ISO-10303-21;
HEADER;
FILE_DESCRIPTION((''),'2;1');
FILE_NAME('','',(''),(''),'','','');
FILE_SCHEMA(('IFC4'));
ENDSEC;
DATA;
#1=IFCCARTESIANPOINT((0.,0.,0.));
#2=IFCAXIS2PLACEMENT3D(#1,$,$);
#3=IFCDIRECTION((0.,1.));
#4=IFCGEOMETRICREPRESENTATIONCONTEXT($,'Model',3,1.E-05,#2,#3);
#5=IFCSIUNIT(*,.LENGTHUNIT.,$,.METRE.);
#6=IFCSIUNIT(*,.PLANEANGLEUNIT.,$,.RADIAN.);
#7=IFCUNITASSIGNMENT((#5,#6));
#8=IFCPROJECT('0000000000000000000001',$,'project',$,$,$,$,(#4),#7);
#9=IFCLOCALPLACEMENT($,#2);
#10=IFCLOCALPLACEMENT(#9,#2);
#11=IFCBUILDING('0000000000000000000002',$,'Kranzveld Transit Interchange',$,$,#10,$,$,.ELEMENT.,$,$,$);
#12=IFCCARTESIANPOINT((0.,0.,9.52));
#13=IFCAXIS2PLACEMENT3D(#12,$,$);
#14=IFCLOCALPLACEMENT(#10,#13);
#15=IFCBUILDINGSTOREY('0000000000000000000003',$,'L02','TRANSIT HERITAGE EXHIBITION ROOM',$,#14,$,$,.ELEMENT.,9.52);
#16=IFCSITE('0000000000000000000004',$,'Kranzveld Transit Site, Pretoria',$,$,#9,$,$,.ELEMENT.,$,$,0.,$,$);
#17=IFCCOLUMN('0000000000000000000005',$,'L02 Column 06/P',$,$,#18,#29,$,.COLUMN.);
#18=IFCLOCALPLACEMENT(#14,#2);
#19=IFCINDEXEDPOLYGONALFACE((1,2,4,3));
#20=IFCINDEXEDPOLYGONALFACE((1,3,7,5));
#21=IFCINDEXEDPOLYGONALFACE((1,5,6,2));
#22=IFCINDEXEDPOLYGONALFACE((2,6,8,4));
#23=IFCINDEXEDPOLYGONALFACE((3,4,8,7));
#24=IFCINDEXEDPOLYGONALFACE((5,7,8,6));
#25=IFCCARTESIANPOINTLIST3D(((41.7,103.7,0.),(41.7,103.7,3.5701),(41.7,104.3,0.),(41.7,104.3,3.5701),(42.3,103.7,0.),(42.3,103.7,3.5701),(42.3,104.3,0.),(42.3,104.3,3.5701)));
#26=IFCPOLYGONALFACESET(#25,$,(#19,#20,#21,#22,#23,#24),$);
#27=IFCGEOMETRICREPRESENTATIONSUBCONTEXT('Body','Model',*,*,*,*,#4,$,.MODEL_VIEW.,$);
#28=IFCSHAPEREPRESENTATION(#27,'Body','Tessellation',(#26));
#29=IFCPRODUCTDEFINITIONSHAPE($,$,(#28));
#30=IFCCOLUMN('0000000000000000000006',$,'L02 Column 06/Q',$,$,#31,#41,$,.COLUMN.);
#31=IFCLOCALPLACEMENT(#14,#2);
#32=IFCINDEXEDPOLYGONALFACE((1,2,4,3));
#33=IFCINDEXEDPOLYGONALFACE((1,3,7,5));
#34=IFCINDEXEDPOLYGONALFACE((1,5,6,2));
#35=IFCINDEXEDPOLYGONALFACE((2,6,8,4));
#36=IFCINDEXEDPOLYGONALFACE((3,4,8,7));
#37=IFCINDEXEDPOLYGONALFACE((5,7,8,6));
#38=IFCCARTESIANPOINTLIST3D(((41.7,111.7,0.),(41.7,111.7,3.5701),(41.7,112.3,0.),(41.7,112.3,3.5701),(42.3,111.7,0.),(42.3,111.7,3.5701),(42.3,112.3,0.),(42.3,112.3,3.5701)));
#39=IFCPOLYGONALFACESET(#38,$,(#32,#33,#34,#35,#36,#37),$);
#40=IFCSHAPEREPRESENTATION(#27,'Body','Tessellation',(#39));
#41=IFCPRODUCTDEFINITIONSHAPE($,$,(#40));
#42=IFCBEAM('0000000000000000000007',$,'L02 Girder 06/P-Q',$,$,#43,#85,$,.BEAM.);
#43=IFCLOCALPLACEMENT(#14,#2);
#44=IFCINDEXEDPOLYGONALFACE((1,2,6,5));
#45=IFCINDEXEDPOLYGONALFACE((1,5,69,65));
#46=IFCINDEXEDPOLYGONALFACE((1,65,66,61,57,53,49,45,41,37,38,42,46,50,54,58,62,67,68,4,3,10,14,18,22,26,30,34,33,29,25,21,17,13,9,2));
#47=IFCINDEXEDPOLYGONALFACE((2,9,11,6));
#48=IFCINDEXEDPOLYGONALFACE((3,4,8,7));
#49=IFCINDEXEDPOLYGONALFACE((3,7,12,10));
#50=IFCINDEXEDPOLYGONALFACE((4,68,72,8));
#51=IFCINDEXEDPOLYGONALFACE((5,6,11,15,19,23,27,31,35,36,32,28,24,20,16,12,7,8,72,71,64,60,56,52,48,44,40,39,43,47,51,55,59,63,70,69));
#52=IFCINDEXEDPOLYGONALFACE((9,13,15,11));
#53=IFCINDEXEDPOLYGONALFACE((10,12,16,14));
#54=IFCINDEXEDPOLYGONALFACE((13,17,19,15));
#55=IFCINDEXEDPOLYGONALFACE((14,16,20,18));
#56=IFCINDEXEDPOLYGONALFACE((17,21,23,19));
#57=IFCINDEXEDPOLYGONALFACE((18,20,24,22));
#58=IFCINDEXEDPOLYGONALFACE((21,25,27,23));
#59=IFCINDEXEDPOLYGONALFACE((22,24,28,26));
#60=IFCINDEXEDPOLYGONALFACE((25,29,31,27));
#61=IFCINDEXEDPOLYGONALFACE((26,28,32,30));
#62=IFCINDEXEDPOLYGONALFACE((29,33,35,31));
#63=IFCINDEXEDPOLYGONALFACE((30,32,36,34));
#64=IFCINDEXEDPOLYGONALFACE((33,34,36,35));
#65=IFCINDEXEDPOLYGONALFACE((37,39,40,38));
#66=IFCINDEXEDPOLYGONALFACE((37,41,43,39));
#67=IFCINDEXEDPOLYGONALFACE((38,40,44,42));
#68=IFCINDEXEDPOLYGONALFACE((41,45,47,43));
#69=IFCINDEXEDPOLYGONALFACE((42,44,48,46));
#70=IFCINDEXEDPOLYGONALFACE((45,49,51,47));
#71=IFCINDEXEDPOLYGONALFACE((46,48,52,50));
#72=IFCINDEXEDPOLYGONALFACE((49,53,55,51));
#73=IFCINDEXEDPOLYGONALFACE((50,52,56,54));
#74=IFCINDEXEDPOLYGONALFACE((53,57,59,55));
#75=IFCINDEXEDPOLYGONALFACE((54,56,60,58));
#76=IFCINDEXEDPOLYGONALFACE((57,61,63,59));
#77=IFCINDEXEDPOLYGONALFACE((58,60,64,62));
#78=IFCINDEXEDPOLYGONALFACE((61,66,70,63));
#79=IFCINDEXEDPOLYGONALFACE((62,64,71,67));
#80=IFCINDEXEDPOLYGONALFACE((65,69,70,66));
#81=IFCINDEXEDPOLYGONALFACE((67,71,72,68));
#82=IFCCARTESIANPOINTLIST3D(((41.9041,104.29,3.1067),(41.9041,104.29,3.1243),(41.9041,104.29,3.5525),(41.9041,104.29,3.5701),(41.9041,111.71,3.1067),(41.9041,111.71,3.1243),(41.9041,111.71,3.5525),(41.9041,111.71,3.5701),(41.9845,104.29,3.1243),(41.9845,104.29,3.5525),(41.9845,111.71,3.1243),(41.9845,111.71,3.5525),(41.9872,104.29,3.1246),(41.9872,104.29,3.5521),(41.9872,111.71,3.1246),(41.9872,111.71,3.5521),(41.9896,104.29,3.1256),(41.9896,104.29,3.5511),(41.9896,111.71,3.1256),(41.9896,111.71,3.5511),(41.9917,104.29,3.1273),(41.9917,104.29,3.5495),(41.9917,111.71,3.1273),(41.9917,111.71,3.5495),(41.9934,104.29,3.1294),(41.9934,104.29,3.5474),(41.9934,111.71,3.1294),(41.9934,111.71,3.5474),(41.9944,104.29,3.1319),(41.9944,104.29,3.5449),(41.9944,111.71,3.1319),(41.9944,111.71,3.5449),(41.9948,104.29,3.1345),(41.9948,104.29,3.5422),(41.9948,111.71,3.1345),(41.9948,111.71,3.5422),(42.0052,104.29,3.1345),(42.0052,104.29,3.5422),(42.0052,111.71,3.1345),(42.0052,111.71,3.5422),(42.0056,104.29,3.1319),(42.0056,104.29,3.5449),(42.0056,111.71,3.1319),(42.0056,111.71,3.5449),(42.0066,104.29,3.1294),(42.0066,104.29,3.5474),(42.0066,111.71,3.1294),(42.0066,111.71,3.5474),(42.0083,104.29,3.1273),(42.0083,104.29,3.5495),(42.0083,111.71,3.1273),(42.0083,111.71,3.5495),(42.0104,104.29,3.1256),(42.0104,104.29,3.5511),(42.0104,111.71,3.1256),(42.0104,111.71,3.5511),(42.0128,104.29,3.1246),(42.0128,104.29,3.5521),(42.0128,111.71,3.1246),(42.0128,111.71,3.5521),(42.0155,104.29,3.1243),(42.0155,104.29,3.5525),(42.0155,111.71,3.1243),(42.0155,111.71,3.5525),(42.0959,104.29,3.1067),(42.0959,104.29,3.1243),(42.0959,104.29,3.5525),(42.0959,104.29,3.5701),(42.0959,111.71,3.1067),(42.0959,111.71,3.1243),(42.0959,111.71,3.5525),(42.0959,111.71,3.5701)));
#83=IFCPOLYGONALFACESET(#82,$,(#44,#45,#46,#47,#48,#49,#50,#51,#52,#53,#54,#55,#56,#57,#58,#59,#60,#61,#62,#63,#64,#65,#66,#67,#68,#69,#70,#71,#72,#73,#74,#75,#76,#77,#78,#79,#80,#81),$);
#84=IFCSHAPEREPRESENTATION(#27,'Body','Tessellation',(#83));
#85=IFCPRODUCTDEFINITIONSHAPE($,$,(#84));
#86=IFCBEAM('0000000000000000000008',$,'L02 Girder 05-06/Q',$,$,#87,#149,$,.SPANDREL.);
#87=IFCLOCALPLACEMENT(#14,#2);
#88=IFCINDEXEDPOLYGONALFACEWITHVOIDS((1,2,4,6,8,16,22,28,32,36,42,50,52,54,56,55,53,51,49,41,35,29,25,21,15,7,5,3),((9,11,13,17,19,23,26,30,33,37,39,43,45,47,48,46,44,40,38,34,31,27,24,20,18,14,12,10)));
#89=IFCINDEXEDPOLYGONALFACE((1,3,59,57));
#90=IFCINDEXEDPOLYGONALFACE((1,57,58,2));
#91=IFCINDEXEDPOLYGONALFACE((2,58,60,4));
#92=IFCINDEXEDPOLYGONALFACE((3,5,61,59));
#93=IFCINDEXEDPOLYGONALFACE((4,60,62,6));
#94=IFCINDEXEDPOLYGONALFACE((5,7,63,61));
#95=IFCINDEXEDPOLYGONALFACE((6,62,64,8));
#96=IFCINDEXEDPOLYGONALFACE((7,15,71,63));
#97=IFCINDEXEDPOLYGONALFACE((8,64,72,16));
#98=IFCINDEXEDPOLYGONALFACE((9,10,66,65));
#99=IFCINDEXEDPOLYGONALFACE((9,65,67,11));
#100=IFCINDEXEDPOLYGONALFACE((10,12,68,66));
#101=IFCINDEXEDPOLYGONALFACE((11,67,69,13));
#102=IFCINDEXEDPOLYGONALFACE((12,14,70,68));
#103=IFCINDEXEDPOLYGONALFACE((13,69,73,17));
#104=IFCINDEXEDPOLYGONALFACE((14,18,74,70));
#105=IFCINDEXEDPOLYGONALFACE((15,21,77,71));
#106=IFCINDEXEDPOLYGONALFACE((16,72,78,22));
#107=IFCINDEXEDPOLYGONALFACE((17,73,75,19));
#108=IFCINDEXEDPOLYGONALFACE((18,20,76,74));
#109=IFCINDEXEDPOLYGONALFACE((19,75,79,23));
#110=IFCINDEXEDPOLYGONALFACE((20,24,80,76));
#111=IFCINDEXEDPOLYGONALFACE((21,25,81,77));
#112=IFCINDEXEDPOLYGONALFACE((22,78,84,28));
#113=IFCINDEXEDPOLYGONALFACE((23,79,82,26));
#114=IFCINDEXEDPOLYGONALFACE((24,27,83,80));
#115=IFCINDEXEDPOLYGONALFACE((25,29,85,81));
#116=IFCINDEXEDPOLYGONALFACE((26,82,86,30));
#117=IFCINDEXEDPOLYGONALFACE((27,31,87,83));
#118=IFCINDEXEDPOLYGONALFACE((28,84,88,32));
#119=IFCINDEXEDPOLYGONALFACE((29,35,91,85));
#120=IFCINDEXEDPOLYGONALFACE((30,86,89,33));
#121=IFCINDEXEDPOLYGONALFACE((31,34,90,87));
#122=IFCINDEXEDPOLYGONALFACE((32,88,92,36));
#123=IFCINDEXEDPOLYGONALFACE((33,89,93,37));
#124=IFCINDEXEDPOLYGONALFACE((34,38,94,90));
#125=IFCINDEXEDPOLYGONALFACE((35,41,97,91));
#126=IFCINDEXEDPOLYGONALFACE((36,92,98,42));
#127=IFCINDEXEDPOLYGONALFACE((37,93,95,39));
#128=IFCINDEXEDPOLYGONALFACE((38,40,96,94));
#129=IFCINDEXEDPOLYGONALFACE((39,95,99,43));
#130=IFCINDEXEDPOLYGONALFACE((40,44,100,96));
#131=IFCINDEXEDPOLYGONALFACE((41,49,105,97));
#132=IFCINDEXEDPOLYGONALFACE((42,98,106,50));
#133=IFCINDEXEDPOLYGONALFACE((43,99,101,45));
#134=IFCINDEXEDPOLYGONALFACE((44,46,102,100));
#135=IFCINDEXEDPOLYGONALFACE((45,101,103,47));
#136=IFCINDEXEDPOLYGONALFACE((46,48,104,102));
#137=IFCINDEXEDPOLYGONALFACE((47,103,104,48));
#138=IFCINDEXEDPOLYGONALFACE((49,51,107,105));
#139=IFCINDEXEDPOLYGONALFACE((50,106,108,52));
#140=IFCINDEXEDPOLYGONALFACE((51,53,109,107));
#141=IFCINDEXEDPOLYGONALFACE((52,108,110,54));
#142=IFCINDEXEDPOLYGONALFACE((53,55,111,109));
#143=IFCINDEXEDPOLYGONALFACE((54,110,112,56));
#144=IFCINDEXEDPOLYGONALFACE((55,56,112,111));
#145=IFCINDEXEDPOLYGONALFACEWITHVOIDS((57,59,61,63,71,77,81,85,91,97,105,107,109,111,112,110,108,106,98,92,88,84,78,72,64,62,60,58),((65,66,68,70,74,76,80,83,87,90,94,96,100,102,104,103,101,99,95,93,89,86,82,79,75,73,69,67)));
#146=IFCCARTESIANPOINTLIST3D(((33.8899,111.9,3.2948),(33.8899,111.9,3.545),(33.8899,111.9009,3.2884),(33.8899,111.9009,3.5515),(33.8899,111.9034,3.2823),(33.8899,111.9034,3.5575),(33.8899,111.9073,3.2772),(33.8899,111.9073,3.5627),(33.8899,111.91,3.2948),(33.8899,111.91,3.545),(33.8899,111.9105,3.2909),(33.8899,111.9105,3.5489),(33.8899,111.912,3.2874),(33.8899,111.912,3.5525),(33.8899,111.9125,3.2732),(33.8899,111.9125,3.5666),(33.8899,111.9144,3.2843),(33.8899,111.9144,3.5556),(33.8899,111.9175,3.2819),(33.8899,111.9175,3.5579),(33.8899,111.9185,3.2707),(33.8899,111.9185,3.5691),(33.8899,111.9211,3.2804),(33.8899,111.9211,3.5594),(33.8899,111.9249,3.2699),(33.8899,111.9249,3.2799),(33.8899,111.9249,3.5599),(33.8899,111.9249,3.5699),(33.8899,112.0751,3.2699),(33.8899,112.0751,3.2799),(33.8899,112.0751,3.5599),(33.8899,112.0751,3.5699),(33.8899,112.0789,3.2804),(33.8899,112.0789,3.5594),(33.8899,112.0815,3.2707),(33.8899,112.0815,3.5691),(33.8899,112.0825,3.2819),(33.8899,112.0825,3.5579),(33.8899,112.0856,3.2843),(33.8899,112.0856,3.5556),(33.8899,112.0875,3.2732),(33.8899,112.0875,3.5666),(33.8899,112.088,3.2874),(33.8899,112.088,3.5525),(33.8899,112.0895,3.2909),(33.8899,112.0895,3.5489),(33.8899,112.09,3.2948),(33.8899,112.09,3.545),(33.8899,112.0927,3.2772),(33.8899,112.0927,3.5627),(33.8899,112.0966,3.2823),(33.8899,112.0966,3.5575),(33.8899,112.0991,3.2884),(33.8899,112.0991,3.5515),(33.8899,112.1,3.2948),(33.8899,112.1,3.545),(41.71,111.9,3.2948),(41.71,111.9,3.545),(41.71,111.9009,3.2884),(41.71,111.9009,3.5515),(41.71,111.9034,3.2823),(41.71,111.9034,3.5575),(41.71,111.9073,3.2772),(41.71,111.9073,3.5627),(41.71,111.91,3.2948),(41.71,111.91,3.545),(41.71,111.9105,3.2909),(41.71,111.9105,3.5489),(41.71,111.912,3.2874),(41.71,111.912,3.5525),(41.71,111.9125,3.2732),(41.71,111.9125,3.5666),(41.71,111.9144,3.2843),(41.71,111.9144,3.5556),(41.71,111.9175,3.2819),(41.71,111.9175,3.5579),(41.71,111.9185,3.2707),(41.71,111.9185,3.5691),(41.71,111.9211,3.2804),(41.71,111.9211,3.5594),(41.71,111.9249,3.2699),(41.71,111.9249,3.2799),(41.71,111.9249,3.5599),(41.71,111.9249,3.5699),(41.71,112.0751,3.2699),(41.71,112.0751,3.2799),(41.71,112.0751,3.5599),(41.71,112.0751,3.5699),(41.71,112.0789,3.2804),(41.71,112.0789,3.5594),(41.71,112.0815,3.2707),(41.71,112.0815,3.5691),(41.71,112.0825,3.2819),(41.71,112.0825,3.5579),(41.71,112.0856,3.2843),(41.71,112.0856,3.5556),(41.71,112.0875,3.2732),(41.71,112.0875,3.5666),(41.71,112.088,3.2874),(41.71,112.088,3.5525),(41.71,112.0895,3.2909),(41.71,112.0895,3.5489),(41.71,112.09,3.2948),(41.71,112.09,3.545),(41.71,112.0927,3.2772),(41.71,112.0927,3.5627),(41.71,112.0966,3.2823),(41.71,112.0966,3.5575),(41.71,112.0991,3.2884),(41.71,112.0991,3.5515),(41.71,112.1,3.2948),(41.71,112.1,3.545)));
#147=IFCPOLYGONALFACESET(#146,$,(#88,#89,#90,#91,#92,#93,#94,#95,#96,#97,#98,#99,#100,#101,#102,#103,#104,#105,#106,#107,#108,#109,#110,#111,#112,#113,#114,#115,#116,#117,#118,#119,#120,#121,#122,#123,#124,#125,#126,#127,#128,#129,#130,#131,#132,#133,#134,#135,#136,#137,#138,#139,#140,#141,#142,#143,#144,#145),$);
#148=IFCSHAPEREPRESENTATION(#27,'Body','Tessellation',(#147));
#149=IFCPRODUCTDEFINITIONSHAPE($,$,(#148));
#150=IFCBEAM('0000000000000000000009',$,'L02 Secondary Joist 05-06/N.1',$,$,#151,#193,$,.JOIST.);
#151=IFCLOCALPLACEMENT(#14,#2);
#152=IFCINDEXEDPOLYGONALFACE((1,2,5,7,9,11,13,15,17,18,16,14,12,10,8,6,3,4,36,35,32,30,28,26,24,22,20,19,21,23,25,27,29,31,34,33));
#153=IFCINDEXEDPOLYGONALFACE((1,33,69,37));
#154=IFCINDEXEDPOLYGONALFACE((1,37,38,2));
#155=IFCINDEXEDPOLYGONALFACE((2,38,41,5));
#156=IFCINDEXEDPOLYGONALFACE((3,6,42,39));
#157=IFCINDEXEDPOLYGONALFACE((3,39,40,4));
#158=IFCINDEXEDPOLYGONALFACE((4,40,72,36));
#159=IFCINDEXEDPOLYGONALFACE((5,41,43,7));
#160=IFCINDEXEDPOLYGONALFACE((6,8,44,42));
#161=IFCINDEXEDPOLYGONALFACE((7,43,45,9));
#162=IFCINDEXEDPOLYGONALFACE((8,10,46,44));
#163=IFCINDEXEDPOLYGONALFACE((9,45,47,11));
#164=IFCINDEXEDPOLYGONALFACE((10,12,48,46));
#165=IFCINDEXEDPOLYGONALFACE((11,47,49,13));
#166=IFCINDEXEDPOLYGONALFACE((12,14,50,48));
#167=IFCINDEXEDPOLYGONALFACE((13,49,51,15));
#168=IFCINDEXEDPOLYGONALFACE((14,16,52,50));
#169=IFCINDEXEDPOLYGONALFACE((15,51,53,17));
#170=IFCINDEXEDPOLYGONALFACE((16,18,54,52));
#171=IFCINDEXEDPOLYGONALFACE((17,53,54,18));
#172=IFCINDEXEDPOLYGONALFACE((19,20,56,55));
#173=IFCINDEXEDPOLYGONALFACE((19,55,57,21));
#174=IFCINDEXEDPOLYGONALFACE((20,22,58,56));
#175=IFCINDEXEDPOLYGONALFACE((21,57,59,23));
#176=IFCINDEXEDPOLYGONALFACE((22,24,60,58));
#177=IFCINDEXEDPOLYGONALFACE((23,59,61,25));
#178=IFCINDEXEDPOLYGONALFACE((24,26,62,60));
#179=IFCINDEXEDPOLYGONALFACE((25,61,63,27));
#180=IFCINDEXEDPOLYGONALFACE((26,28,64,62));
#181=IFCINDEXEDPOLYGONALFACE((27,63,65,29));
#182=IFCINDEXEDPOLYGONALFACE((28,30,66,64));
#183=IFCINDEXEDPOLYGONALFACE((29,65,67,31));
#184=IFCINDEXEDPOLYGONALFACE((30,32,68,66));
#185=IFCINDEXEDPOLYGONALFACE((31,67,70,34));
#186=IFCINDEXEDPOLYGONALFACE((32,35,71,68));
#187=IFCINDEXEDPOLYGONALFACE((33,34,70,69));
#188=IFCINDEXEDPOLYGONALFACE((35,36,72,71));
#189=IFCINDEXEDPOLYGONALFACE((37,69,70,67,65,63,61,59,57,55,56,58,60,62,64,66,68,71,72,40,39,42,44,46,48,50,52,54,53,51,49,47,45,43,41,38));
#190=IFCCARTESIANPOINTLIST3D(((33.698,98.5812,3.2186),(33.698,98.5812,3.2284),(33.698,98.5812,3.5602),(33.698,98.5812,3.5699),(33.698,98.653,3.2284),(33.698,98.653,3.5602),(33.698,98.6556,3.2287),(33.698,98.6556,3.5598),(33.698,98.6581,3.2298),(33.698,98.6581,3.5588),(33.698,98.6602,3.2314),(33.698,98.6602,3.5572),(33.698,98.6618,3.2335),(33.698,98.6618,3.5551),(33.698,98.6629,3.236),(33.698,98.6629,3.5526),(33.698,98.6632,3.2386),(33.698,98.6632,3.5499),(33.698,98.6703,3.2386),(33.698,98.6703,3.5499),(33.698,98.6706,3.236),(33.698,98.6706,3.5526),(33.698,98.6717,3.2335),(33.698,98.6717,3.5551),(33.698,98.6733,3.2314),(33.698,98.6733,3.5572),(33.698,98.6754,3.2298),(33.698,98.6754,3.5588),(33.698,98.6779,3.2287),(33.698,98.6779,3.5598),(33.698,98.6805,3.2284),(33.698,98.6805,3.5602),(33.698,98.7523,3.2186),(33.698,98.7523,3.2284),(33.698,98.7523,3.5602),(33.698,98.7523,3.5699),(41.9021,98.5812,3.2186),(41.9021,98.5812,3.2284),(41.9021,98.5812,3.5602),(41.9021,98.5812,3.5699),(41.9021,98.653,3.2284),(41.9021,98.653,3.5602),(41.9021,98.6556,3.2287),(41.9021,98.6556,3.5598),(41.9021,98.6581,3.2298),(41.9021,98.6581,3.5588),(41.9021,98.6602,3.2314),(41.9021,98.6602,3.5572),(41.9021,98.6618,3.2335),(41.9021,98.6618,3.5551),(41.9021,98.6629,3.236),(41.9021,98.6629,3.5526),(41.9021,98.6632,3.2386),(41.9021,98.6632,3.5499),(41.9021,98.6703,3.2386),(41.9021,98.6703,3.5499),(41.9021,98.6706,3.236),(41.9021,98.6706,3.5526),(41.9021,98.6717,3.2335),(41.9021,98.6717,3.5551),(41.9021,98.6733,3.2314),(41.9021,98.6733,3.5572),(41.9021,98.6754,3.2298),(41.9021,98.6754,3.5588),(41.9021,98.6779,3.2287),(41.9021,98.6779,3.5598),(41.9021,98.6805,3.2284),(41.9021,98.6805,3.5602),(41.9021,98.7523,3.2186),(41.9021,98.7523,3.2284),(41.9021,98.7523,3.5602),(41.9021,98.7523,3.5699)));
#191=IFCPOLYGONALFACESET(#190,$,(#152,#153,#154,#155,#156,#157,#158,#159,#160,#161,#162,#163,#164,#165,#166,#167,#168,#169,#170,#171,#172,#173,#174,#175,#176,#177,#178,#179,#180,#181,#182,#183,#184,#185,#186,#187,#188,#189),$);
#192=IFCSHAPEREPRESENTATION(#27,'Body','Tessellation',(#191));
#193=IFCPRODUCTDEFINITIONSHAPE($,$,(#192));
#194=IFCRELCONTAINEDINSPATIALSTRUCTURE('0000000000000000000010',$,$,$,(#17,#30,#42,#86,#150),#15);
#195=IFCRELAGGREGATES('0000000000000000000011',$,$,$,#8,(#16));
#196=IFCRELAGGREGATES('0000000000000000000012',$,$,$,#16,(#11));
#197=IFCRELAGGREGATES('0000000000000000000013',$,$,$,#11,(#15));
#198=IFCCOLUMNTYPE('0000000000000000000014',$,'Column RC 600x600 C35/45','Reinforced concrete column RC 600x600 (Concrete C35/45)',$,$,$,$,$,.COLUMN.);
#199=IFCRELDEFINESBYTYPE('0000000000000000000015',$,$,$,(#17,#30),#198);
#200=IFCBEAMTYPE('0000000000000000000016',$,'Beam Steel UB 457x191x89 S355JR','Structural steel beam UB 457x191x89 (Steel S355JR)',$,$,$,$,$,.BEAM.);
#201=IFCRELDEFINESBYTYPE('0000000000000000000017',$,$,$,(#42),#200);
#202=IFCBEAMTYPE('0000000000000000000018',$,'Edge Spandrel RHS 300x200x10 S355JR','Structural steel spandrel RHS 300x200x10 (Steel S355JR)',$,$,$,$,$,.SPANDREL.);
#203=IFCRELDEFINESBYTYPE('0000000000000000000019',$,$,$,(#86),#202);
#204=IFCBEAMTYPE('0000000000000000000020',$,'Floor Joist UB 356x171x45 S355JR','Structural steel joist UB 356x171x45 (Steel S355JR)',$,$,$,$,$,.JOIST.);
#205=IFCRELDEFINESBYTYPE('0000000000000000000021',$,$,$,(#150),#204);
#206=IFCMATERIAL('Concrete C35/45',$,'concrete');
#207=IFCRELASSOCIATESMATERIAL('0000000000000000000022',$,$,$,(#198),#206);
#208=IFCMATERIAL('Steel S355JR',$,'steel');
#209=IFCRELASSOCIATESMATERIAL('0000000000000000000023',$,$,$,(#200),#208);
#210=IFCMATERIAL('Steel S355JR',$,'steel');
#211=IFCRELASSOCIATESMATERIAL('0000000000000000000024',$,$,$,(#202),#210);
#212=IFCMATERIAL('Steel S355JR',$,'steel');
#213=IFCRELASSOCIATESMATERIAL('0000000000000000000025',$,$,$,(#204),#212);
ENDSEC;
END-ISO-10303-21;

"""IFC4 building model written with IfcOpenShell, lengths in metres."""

from ifc_helpers import new_model, si_unit, direction, frame, origin, origin_2d, place, context, subcontext, project, spatial, rectangle, hollow_rectangle, i_section, extrude, material, material_profile, profile_set, type_object, element, save


model = new_model("IFC4")

# Units and contexts
model_context = context("Model", 3, precision=1e-05, world=origin(), true_north=direction((0.0, 1.0)))
body_context = subcontext(model_context, "Body", "Model", "MODEL_VIEW")
ifc_project = project(units=[si_unit("LENGTHUNIT", "METRE"), si_unit("PLANEANGLEUNIT", "RADIAN")], contexts=[model_context])

# Site, building, storey
site_placement = place(None, origin())
site = spatial("IfcSite", under=ifc_project, at=site_placement, Name="Kranzveld Transit Site, Pretoria", CompositionType="ELEMENT", RefElevation=0.0)
building_placement = place(site_placement, origin())
building = spatial("IfcBuilding", under=site, at=building_placement, Name="Kranzveld Transit Interchange", CompositionType="ELEMENT")
storey_placement = place(building_placement, frame((0.0, 0.0, 9.52)))
storey = spatial("IfcBuildingStorey", under=building, at=storey_placement, Name="L02", Description="TRANSIT HERITAGE EXHIBITION ROOM", CompositionType="ELEMENT", Elevation=9.52)

# Columns
ifc_material_1 = material(Name="Concrete C35/45", Category="concrete")
ifc_material_profile_1 = material_profile(ifc_material_1, rectangle(XDim=0.6001, YDim=0.6001, at=origin_2d()), Name="RC 600x600")
ifc_profile_set_1 = profile_set([ifc_material_profile_1], Name="Concrete C35/45")
column_type = type_object("IfcColumnType", Name="Column RC 600x600 C35/45", Description="Reinforced concrete column RC 600x600 (Concrete C35/45)", PredefinedType="COLUMN", material=ifc_profile_set_1)
for number, where, z_axis, x_axis, name in (
    (1, (42.0, 104.0, 0.0), (0.0, 0.0, 1.0), (1.0, 0.0, 0.0), "L02 Column 06/P"),
    (2, (42.0, 112.0, 0.0), (0.0, 0.0, 1.0), (1.0, 0.0, 0.0), "L02 Column 06/Q"),
):
    element("IfcColumn", number, at=place(storey_placement, frame(where, z_axis=z_axis, x_axis=x_axis)), inside=storey, type_object=column_type, Name=name, PredefinedType="COLUMN", context=body_context, shape_type="SweptSolid", body=[
        extrude(rectangle(XDim=0.6001, YDim=0.6001, at=origin_2d()), origin(), (0.0, 0.0, 1.0), 3.5701),
    ])

# Beams
ifc_material_2 = material(Name="Steel S355JR", Category="steel")
ifc_material_profile_2 = material_profile(ifc_material_2, i_section(OverallWidth=0.1919, OverallDepth=0.4634, WebThickness=0.0105, FlangeThickness=0.0176, FilletRadius=0.0103, at=origin_2d()), Name="UB 457x191x89")
ifc_profile_set_2 = profile_set([ifc_material_profile_2], Name="Steel S355JR")
beam_type_1 = type_object("IfcBeamType", Name="Beam Steel UB 457x191x89 S355JR", Description="Structural steel beam UB 457x191x89 (Steel S355JR)", PredefinedType="BEAM", material=ifc_profile_set_2)
beam_1_placement = place(storey_placement, frame((42.0, 104.29, 3.3384), z_axis=(0.0, 1.0, 0.0), x_axis=(-1.0, 0.0, 0.0)))
element("IfcBeam", 3, at=beam_1_placement, inside=storey, type_object=beam_type_1, Name="L02 Girder 06/P-Q", PredefinedType="BEAM", context=body_context, shape_type="SweptSolid", body=[
    extrude(i_section(OverallWidth=0.1919, OverallDepth=0.4634, WebThickness=0.0105, FlangeThickness=0.0176, FilletRadius=0.0103, at=origin_2d()), origin(), (0.0, 0.0, 1.0), 7.4199),
])
ifc_material_3 = material(Name="Steel S355JR", Category="steel")
ifc_material_profile_3 = material_profile(ifc_material_3, hollow_rectangle(XDim=0.2, YDim=0.3, WallThickness=0.01, InnerFilletRadius=0.0149, OuterFilletRadius=0.0249, at=origin_2d()), Name="RHS 300x200x10")
ifc_profile_set_3 = profile_set([ifc_material_profile_3], Name="Steel S355JR")
beam_type_2 = type_object("IfcBeamType", Name="Edge Spandrel RHS 300x200x10 S355JR", Description="Structural steel spandrel RHS 300x200x10 (Steel S355JR)", PredefinedType="SPANDREL", material=ifc_profile_set_3)
beam_2_placement = place(storey_placement, frame((33.8899, 112.0, 3.4199), z_axis=(1.0, 0.0, 0.0), x_axis=(0.0, 1.0, 0.0)))
element("IfcBeam", 4, at=beam_2_placement, inside=storey, type_object=beam_type_2, Name="L02 Girder 05-06/Q", PredefinedType="SPANDREL", context=body_context, shape_type="SweptSolid", body=[
    extrude(hollow_rectangle(XDim=0.2, YDim=0.3, WallThickness=0.01, InnerFilletRadius=0.0149, OuterFilletRadius=0.0249, at=origin_2d()), origin(), (0.0, 0.0, 1.0), 7.8201),
])
ifc_material_4 = material(Name="Steel S355JR", Category="steel")
ifc_material_profile_4 = material_profile(ifc_material_4, i_section(OverallWidth=0.1711, OverallDepth=0.3513, WebThickness=0.0071, FlangeThickness=0.0098, FilletRadius=0.0103, at=origin_2d()), Name="UB 356x171x45")
ifc_profile_set_4 = profile_set([ifc_material_profile_4], Name="Steel S355JR")
beam_type_3 = type_object("IfcBeamType", Name="Floor Joist UB 356x171x45 S355JR", Description="Structural steel joist UB 356x171x45 (Steel S355JR)", PredefinedType="JOIST", material=ifc_profile_set_4)
for number, where, z_axis, x_axis, name in (
    (5, (33.698, 98.6667, 3.3943), (1.0, 0.0, 0.0), (0.0, 1.0, 0.0), "L02 Secondary Joist 05-06/N.1"),
):
    element("IfcBeam", number, at=place(storey_placement, frame(where, z_axis=z_axis, x_axis=x_axis)), inside=storey, type_object=beam_type_3, Name=name, PredefinedType="JOIST", context=body_context, shape_type="SweptSolid", body=[
        extrude(i_section(OverallWidth=0.1711, OverallDepth=0.3513, WebThickness=0.0071, FlangeThickness=0.0098, FilletRadius=0.0103, at=origin_2d()), origin(), (0.0, 0.0, 1.0), 8.2041),
    ])

save(model, "model.ifc")
